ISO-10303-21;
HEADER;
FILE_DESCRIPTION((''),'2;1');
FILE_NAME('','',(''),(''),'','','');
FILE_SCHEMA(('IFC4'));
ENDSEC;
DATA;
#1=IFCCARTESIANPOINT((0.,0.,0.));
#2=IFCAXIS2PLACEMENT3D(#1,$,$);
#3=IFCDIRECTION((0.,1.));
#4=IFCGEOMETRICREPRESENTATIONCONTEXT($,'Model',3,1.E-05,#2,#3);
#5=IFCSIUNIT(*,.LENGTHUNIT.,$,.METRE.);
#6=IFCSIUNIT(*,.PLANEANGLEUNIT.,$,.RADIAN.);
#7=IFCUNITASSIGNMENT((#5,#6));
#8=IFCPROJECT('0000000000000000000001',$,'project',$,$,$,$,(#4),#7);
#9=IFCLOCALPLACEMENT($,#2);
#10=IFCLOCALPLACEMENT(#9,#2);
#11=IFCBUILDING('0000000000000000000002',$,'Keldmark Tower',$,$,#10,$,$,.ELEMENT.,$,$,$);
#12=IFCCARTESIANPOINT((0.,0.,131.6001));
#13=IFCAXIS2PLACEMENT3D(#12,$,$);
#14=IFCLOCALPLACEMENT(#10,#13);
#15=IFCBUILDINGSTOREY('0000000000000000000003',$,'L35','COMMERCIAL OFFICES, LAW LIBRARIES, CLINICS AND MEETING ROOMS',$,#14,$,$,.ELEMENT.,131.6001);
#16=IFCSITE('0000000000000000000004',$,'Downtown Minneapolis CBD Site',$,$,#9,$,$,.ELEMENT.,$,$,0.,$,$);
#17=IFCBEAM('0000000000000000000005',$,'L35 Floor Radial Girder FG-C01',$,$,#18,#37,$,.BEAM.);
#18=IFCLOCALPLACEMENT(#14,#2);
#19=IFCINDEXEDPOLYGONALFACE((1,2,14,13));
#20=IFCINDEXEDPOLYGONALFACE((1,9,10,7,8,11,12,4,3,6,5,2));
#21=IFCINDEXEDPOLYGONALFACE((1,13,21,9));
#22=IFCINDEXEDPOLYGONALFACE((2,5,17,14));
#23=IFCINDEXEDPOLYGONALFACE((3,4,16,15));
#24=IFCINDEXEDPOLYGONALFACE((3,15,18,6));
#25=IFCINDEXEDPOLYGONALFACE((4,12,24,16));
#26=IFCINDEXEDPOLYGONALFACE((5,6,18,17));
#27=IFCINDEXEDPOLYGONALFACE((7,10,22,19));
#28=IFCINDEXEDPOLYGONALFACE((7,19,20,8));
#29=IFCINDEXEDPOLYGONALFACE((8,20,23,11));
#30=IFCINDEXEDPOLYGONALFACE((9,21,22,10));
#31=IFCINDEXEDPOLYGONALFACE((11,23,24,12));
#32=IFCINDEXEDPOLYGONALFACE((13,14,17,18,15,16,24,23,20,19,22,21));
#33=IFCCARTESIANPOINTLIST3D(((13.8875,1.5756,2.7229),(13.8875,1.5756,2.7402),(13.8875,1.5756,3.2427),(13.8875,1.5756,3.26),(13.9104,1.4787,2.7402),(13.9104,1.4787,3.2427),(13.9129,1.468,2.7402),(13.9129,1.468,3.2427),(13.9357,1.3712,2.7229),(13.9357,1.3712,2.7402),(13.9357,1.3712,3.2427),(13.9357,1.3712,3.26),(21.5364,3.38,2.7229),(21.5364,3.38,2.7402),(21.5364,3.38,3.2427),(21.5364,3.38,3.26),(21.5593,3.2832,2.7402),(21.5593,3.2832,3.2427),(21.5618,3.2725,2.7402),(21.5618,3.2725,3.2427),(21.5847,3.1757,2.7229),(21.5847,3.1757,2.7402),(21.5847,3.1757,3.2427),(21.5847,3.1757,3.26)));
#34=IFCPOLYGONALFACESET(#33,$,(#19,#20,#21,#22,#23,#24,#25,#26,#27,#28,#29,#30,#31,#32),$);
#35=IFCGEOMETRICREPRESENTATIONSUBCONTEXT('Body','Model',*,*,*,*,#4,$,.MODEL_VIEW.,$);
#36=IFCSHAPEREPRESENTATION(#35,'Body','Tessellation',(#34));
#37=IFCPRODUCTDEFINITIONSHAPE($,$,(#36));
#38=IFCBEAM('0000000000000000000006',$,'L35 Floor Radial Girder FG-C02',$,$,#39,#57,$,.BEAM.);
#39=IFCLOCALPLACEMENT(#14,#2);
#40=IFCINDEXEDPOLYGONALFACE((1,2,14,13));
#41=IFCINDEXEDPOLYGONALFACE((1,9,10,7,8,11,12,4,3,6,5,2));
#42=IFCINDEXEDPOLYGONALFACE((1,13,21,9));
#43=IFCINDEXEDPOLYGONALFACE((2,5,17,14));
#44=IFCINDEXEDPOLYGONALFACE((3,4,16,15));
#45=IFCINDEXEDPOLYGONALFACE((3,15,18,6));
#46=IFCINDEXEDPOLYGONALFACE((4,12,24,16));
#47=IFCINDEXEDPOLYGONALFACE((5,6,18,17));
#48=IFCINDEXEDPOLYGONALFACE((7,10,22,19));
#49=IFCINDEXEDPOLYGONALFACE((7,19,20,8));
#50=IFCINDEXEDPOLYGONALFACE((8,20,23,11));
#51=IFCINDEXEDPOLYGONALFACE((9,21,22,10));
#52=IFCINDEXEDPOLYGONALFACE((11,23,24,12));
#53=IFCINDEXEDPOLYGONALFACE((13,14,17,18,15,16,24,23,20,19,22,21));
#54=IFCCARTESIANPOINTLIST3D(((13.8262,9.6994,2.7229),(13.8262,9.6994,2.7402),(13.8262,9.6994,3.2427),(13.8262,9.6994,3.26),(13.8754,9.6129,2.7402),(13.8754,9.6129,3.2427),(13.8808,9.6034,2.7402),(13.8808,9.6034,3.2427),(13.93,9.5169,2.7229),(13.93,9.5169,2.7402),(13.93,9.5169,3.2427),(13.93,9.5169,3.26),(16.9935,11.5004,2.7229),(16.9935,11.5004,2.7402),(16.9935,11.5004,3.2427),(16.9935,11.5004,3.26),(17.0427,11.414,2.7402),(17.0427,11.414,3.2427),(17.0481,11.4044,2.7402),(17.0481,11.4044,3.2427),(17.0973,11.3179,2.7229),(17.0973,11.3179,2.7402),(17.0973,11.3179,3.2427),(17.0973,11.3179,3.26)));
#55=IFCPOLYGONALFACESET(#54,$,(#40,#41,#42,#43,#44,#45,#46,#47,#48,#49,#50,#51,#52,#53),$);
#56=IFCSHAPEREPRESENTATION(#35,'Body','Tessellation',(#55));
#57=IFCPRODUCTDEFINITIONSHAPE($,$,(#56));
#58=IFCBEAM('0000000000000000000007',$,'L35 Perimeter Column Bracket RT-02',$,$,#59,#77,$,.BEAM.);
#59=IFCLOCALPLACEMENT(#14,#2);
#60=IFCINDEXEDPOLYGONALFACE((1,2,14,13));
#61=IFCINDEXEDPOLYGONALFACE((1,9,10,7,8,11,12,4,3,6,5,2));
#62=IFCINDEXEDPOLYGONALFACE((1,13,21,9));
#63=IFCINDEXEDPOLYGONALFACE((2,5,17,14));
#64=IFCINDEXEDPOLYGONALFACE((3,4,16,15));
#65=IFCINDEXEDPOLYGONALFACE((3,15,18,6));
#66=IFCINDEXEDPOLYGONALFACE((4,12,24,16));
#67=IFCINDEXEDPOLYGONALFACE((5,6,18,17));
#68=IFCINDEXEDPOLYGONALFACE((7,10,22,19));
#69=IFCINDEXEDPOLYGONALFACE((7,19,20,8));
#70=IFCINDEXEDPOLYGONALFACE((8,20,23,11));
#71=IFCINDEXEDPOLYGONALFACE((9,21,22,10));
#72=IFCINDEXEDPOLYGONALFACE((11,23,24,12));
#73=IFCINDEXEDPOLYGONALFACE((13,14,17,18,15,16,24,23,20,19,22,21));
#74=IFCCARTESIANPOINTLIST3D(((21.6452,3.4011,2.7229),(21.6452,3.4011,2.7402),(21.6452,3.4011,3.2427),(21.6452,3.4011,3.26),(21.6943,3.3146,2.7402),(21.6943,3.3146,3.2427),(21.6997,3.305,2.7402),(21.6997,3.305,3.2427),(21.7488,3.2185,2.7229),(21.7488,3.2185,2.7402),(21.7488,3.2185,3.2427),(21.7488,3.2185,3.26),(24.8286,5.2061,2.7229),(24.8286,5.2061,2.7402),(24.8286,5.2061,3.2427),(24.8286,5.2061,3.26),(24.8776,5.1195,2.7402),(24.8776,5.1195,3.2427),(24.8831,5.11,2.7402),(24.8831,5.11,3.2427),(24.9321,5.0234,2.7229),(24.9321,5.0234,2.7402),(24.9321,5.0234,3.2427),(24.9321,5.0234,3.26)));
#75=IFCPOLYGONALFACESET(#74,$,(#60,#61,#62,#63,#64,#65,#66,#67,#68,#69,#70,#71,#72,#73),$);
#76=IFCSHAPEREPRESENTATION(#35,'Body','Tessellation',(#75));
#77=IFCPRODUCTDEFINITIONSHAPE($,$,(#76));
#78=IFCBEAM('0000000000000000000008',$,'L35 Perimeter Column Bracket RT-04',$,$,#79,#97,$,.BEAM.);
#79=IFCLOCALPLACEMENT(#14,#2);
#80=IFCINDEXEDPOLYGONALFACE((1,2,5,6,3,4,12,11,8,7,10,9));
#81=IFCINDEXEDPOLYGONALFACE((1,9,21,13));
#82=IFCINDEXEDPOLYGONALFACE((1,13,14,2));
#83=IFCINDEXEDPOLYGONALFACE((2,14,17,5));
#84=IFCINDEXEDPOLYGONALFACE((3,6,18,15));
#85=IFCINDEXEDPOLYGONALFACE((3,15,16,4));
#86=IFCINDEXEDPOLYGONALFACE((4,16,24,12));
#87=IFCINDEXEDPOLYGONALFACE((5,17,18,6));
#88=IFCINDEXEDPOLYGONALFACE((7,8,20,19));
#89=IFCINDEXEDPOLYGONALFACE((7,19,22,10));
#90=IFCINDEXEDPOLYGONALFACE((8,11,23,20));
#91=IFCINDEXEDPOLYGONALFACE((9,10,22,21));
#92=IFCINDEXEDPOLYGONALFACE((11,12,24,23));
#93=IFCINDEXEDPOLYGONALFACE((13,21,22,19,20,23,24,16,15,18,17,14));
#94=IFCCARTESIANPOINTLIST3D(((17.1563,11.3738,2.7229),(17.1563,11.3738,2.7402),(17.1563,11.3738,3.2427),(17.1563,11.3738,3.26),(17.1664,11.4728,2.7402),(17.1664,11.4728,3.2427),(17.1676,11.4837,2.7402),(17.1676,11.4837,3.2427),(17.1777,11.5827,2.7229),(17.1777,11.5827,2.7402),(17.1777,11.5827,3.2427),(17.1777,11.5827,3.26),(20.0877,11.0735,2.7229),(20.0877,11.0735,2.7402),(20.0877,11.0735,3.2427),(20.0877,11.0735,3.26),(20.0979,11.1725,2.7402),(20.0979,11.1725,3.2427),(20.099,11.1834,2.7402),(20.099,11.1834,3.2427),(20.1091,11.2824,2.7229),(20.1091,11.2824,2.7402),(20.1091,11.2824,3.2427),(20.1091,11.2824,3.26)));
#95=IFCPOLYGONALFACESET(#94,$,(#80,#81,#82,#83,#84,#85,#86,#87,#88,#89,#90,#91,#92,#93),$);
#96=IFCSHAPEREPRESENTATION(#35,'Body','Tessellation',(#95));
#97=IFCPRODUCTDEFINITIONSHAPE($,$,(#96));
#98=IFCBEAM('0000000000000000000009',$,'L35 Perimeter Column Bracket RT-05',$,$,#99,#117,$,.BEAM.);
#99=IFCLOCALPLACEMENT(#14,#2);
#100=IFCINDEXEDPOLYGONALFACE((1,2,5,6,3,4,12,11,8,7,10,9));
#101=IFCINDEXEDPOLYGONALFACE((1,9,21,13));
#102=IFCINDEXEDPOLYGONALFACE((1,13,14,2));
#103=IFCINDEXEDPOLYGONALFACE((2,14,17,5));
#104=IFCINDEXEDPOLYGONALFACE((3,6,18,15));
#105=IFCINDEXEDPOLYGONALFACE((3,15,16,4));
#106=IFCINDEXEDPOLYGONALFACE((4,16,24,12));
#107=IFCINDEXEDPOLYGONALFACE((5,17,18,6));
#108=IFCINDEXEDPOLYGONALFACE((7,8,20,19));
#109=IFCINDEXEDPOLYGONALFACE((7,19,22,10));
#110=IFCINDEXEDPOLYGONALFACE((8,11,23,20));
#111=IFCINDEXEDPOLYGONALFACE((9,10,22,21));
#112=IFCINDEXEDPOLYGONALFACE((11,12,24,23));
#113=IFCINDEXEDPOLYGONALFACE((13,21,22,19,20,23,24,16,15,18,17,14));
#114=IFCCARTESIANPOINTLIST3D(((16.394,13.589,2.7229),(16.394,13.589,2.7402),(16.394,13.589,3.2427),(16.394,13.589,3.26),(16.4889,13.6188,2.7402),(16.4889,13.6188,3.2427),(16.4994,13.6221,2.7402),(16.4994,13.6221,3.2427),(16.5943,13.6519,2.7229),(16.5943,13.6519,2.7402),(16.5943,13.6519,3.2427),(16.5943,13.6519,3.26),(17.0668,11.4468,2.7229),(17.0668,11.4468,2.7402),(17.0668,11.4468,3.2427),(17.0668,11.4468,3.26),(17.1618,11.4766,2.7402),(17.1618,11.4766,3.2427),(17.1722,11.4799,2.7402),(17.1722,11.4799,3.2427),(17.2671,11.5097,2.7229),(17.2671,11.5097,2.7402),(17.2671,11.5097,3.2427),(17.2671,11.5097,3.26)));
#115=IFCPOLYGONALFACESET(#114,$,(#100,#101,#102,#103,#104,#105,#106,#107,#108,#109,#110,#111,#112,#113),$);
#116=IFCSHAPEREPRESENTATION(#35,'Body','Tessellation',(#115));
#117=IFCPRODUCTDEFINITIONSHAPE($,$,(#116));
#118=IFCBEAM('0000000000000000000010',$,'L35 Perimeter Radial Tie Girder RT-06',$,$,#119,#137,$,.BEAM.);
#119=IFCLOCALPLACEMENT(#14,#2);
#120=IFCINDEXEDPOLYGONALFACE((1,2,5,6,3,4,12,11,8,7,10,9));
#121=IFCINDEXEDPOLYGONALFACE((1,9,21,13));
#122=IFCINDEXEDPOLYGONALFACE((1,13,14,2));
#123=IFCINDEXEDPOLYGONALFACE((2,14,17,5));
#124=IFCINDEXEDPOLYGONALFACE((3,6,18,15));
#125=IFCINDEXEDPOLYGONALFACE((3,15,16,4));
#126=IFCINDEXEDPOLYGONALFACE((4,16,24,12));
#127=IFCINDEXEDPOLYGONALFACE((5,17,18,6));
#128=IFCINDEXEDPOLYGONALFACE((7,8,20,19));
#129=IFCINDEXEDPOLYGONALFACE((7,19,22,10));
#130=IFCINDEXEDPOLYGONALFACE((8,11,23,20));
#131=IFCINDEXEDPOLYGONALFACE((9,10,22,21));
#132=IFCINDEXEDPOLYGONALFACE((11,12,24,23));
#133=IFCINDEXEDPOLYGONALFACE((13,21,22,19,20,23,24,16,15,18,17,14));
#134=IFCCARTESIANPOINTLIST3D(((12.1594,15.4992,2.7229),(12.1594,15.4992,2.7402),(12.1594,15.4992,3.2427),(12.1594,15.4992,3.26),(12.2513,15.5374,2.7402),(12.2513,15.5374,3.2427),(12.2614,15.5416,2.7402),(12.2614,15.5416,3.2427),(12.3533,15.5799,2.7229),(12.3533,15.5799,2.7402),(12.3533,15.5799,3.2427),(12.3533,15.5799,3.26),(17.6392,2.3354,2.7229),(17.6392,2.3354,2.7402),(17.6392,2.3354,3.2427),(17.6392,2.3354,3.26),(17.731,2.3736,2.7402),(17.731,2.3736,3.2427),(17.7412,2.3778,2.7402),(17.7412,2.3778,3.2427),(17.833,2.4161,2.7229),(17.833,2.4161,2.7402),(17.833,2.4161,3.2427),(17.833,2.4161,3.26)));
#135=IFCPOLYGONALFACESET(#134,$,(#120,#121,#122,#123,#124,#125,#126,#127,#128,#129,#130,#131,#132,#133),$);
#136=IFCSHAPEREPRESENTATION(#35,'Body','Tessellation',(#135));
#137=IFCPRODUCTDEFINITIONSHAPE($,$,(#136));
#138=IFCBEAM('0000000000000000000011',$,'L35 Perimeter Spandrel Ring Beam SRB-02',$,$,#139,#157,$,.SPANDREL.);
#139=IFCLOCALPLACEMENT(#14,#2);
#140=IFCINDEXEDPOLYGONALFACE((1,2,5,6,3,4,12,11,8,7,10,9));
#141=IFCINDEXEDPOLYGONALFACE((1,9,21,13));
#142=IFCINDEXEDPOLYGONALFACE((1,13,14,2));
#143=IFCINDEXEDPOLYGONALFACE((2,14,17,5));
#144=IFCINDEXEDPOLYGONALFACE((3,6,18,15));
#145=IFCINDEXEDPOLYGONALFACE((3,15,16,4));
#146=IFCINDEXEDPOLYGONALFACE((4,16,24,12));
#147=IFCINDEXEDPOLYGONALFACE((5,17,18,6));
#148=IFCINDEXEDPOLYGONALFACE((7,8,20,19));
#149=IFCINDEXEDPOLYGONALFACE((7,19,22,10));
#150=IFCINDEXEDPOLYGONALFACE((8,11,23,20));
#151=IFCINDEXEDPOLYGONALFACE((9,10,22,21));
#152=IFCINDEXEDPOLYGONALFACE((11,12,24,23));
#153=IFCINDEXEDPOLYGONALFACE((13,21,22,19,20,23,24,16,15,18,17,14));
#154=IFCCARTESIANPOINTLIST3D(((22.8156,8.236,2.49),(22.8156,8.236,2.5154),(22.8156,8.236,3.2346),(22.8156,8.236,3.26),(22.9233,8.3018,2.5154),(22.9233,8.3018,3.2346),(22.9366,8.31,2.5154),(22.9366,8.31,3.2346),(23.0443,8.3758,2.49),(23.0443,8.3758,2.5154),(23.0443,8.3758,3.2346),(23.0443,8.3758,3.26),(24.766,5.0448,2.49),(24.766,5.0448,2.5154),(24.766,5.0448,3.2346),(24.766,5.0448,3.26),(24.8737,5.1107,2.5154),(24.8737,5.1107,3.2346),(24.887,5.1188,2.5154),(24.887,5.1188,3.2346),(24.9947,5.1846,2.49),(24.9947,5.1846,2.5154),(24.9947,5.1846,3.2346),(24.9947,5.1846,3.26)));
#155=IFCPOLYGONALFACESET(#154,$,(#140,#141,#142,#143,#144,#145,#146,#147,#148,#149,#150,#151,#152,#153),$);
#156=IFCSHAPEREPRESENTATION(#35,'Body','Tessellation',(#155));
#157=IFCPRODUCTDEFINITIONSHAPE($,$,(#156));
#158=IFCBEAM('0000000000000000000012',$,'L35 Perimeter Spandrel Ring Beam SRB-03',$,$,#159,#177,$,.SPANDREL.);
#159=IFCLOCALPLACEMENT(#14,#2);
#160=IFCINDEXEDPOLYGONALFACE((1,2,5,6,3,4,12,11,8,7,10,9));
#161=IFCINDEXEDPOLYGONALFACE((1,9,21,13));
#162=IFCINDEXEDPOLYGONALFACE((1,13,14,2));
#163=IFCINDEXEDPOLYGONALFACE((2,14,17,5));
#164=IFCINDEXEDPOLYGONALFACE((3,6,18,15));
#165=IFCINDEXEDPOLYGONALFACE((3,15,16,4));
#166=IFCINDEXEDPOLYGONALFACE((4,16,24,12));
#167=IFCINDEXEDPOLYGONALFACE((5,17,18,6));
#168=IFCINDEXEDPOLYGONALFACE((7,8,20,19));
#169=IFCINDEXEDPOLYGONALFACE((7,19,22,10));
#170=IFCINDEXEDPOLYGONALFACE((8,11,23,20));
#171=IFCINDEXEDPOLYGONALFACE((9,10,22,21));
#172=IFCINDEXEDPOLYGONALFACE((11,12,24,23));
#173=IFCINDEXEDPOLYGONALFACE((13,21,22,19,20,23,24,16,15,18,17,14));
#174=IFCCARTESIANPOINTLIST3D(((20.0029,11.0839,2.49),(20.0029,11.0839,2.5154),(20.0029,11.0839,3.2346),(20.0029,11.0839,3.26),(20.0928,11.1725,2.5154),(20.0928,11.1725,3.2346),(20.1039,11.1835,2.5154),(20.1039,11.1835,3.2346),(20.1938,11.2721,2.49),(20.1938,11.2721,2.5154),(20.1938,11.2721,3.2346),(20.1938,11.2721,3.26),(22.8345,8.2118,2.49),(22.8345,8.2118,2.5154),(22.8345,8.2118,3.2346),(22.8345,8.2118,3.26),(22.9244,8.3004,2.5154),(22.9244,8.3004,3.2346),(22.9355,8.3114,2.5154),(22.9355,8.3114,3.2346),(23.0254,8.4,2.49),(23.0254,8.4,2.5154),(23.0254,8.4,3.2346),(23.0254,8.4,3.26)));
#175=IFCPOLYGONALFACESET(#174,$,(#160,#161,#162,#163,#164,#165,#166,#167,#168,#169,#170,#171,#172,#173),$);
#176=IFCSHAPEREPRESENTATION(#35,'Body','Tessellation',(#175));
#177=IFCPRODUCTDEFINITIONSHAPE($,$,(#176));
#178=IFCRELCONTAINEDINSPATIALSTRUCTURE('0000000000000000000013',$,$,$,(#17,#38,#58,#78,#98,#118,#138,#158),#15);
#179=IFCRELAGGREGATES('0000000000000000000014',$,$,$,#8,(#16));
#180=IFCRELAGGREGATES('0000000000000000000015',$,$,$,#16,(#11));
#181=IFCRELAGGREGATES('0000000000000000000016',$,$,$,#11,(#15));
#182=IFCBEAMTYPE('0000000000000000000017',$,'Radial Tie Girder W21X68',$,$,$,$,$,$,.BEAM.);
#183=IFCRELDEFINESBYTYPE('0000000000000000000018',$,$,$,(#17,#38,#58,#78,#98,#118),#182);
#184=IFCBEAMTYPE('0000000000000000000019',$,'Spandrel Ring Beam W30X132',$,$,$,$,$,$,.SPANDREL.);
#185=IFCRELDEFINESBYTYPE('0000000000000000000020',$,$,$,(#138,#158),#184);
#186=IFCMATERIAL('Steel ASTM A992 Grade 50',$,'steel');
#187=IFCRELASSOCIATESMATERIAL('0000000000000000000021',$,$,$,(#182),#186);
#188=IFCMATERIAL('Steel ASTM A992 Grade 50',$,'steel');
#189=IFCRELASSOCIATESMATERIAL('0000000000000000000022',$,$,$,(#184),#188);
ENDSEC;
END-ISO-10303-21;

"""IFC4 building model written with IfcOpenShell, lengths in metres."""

from ifc_helpers import new_model, si_unit, direction, frame, origin, origin_2d, place, context, subcontext, project, spatial, i_section, extrude, material, material_profile, profile_set, type_object, element, save


model = new_model("IFC4")

# Units and contexts
model_context = context("Model", 3, precision=1e-05, world=origin(), true_north=direction((0.0, 1.0)))
body_context = subcontext(model_context, "Body", "Model", "MODEL_VIEW")
ifc_project = project(units=[si_unit("LENGTHUNIT", "METRE"), si_unit("PLANEANGLEUNIT", "RADIAN")], contexts=[model_context])

# Site, building, storey
site_placement = place(None, origin())
site = spatial("IfcSite", under=ifc_project, at=site_placement, Name="Downtown Minneapolis CBD Site", CompositionType="ELEMENT", RefElevation=0.0)
building_placement = place(site_placement, origin())
building = spatial("IfcBuilding", under=site, at=building_placement, Name="Keldmark Tower", CompositionType="ELEMENT")
storey_placement = place(building_placement, frame((0.0, 0.0, 131.6001)))
storey = spatial("IfcBuildingStorey", under=building, at=storey_placement, Name="L35", Description="COMMERCIAL OFFICES, LAW LIBRARIES, CLINICS AND MEETING ROOMS", CompositionType="ELEMENT", Elevation=131.6001)

# Beams
ifc_material_1 = material(Name="Steel ASTM A992 Grade 50", Category="steel")
ifc_material_profile_1 = material_profile(ifc_material_1, i_section(OverallWidth=0.21, OverallDepth=0.5371, WebThickness=0.011, FlangeThickness=0.0173, at=origin_2d()), Name="W21X68")
ifc_profile_set_1 = profile_set([ifc_material_profile_1], Name="Steel ASTM A992 Grade 50")
beam_type_1 = type_object("IfcBeamType", Name="Radial Tie Girder W21X68", PredefinedType="BEAM", material=ifc_profile_set_1)
beam_1_placement = place(storey_placement, frame((21.5605, 3.2778, 2.9915), z_axis=(-0.973284, -0.229606, 0.0), x_axis=(0.229606, -0.973284, 0.0)))
element("IfcBeam", 1, at=beam_1_placement, inside=storey, type_object=beam_type_1, Name="L35 Floor Radial Girder FG-C01", PredefinedType="BEAM", context=body_context, shape_type="SweptSolid", body=[
    extrude(i_section(OverallWidth=0.21, OverallDepth=0.5371, WebThickness=0.011, FlangeThickness=0.0173, at=origin_2d()), origin(), (0.0, 0.0, 1.0), 7.8589),
])
beam_2_placement = place(storey_placement, frame((17.0454, 11.4092, 2.9915), z_axis=(-0.869284, -0.494312, 0.0), x_axis=(0.494312, -0.869284, 0.0)))
element("IfcBeam", 2, at=beam_2_placement, inside=storey, type_object=beam_type_1, Name="L35 Floor Radial Girder FG-C02", PredefinedType="BEAM", context=body_context, shape_type="SweptSolid", body=[
    extrude(i_section(OverallWidth=0.21, OverallDepth=0.5371, WebThickness=0.011, FlangeThickness=0.0173, at=origin_2d()), origin(), (0.0, 0.0, 1.0), 3.6436),
])
beam_3_placement = place(storey_placement, frame((21.697, 3.3098, 2.9915), z_axis=(0.869901, 0.493226, 0.0), x_axis=(-0.493226, 0.869901, 0.0)))
element("IfcBeam", 3, at=beam_3_placement, inside=storey, type_object=beam_type_1, Name="L35 Perimeter Column Bracket RT-02", PredefinedType="BEAM", context=body_context, shape_type="SweptSolid", body=[
    extrude(i_section(OverallWidth=0.21, OverallDepth=0.5371, WebThickness=0.011, FlangeThickness=0.0173, at=origin_2d()), origin(), (0.0, 0.0, 1.0), 3.6594),
])
beam_4_placement = place(storey_placement, frame((17.167, 11.4783, 2.9915), z_axis=(0.994794, -0.101907, 0.0), x_axis=(0.101907, 0.994794, 0.0)))
element("IfcBeam", 4, at=beam_4_placement, inside=storey, type_object=beam_type_1, Name="L35 Perimeter Column Bracket RT-04", PredefinedType="BEAM", context=body_context, shape_type="SweptSolid", body=[
    extrude(i_section(OverallWidth=0.21, OverallDepth=0.5371, WebThickness=0.011, FlangeThickness=0.0173, at=origin_2d()), origin(), (0.0, 0.0, 1.0), 2.9468),
])
beam_5_placement = place(storey_placement, frame((17.167, 11.4783, 2.9915), z_axis=(-0.299674, 0.954042, 0.0), x_axis=(-0.954042, -0.299674, 0.0)))
element("IfcBeam", 5, at=beam_5_placement, inside=storey, type_object=beam_type_1, Name="L35 Perimeter Column Bracket RT-05", PredefinedType="BEAM", context=body_context, shape_type="SweptSolid", body=[
    extrude(i_section(OverallWidth=0.21, OverallDepth=0.5371, WebThickness=0.011, FlangeThickness=0.0173, at=origin_2d()), origin(), (0.0, 0.0, 1.0), 2.2454),
])
beam_6_placement = place(storey_placement, frame((17.7361, 2.3757, 2.9915), z_axis=(-0.384305, 0.923206, 0.0), x_axis=(-0.923206, -0.384305, 0.0)))
element("IfcBeam", 6, at=beam_6_placement, inside=storey, type_object=beam_type_1, Name="L35 Perimeter Radial Tie Girder RT-06", PredefinedType="BEAM", context=body_context, shape_type="SweptSolid", body=[
    extrude(i_section(OverallWidth=0.21, OverallDepth=0.5371, WebThickness=0.011, FlangeThickness=0.0173, at=origin_2d()), origin(), (0.0, 0.0, 1.0), 14.2588),
])
ifc_material_2 = material(Name="Steel ASTM A992 Grade 50", Category="steel")
ifc_material_profile_2 = material_profile(ifc_material_2, i_section(OverallWidth=0.2681, OverallDepth=0.77, WebThickness=0.0156, FlangeThickness=0.0254, at=origin_2d()), Name="W30X132")
ifc_profile_set_2 = profile_set([ifc_material_profile_2], Name="Steel ASTM A992 Grade 50")
beam_type_2 = type_object("IfcBeamType", Name="Spandrel Ring Beam W30X132", PredefinedType="SPANDREL", material=ifc_profile_set_2)
beam_7_placement = place(storey_placement, frame((24.8804, 5.1147, 2.875), z_axis=(-0.521505, 0.853248, 0.0), x_axis=(-0.853248, -0.521505, 0.0)))
element("IfcBeam", 7, at=beam_7_placement, inside=storey, type_object=beam_type_2, Name="L35 Perimeter Spandrel Ring Beam SRB-02", PredefinedType="SPANDREL", context=body_context, shape_type="SweptSolid", body=[
    extrude(i_section(OverallWidth=0.2681, OverallDepth=0.77, WebThickness=0.0156, FlangeThickness=0.0254, at=origin_2d()), origin(), (0.0, 0.0, 1.0), 3.74),
])
beam_8_placement = place(storey_placement, frame((22.9299, 8.3059, 2.875), z_axis=(-0.702065, 0.712113, 0.0), x_axis=(-0.712113, -0.702065, 0.0)))
element("IfcBeam", 8, at=beam_8_placement, inside=storey, type_object=beam_type_2, Name="L35 Perimeter Spandrel Ring Beam SRB-03", PredefinedType="SPANDREL", context=body_context, shape_type="SweptSolid", body=[
    extrude(i_section(OverallWidth=0.2681, OverallDepth=0.77, WebThickness=0.0156, FlangeThickness=0.0254, at=origin_2d()), origin(), (0.0, 0.0, 1.0), 4.0332),
])

save(model, "model.ifc")
